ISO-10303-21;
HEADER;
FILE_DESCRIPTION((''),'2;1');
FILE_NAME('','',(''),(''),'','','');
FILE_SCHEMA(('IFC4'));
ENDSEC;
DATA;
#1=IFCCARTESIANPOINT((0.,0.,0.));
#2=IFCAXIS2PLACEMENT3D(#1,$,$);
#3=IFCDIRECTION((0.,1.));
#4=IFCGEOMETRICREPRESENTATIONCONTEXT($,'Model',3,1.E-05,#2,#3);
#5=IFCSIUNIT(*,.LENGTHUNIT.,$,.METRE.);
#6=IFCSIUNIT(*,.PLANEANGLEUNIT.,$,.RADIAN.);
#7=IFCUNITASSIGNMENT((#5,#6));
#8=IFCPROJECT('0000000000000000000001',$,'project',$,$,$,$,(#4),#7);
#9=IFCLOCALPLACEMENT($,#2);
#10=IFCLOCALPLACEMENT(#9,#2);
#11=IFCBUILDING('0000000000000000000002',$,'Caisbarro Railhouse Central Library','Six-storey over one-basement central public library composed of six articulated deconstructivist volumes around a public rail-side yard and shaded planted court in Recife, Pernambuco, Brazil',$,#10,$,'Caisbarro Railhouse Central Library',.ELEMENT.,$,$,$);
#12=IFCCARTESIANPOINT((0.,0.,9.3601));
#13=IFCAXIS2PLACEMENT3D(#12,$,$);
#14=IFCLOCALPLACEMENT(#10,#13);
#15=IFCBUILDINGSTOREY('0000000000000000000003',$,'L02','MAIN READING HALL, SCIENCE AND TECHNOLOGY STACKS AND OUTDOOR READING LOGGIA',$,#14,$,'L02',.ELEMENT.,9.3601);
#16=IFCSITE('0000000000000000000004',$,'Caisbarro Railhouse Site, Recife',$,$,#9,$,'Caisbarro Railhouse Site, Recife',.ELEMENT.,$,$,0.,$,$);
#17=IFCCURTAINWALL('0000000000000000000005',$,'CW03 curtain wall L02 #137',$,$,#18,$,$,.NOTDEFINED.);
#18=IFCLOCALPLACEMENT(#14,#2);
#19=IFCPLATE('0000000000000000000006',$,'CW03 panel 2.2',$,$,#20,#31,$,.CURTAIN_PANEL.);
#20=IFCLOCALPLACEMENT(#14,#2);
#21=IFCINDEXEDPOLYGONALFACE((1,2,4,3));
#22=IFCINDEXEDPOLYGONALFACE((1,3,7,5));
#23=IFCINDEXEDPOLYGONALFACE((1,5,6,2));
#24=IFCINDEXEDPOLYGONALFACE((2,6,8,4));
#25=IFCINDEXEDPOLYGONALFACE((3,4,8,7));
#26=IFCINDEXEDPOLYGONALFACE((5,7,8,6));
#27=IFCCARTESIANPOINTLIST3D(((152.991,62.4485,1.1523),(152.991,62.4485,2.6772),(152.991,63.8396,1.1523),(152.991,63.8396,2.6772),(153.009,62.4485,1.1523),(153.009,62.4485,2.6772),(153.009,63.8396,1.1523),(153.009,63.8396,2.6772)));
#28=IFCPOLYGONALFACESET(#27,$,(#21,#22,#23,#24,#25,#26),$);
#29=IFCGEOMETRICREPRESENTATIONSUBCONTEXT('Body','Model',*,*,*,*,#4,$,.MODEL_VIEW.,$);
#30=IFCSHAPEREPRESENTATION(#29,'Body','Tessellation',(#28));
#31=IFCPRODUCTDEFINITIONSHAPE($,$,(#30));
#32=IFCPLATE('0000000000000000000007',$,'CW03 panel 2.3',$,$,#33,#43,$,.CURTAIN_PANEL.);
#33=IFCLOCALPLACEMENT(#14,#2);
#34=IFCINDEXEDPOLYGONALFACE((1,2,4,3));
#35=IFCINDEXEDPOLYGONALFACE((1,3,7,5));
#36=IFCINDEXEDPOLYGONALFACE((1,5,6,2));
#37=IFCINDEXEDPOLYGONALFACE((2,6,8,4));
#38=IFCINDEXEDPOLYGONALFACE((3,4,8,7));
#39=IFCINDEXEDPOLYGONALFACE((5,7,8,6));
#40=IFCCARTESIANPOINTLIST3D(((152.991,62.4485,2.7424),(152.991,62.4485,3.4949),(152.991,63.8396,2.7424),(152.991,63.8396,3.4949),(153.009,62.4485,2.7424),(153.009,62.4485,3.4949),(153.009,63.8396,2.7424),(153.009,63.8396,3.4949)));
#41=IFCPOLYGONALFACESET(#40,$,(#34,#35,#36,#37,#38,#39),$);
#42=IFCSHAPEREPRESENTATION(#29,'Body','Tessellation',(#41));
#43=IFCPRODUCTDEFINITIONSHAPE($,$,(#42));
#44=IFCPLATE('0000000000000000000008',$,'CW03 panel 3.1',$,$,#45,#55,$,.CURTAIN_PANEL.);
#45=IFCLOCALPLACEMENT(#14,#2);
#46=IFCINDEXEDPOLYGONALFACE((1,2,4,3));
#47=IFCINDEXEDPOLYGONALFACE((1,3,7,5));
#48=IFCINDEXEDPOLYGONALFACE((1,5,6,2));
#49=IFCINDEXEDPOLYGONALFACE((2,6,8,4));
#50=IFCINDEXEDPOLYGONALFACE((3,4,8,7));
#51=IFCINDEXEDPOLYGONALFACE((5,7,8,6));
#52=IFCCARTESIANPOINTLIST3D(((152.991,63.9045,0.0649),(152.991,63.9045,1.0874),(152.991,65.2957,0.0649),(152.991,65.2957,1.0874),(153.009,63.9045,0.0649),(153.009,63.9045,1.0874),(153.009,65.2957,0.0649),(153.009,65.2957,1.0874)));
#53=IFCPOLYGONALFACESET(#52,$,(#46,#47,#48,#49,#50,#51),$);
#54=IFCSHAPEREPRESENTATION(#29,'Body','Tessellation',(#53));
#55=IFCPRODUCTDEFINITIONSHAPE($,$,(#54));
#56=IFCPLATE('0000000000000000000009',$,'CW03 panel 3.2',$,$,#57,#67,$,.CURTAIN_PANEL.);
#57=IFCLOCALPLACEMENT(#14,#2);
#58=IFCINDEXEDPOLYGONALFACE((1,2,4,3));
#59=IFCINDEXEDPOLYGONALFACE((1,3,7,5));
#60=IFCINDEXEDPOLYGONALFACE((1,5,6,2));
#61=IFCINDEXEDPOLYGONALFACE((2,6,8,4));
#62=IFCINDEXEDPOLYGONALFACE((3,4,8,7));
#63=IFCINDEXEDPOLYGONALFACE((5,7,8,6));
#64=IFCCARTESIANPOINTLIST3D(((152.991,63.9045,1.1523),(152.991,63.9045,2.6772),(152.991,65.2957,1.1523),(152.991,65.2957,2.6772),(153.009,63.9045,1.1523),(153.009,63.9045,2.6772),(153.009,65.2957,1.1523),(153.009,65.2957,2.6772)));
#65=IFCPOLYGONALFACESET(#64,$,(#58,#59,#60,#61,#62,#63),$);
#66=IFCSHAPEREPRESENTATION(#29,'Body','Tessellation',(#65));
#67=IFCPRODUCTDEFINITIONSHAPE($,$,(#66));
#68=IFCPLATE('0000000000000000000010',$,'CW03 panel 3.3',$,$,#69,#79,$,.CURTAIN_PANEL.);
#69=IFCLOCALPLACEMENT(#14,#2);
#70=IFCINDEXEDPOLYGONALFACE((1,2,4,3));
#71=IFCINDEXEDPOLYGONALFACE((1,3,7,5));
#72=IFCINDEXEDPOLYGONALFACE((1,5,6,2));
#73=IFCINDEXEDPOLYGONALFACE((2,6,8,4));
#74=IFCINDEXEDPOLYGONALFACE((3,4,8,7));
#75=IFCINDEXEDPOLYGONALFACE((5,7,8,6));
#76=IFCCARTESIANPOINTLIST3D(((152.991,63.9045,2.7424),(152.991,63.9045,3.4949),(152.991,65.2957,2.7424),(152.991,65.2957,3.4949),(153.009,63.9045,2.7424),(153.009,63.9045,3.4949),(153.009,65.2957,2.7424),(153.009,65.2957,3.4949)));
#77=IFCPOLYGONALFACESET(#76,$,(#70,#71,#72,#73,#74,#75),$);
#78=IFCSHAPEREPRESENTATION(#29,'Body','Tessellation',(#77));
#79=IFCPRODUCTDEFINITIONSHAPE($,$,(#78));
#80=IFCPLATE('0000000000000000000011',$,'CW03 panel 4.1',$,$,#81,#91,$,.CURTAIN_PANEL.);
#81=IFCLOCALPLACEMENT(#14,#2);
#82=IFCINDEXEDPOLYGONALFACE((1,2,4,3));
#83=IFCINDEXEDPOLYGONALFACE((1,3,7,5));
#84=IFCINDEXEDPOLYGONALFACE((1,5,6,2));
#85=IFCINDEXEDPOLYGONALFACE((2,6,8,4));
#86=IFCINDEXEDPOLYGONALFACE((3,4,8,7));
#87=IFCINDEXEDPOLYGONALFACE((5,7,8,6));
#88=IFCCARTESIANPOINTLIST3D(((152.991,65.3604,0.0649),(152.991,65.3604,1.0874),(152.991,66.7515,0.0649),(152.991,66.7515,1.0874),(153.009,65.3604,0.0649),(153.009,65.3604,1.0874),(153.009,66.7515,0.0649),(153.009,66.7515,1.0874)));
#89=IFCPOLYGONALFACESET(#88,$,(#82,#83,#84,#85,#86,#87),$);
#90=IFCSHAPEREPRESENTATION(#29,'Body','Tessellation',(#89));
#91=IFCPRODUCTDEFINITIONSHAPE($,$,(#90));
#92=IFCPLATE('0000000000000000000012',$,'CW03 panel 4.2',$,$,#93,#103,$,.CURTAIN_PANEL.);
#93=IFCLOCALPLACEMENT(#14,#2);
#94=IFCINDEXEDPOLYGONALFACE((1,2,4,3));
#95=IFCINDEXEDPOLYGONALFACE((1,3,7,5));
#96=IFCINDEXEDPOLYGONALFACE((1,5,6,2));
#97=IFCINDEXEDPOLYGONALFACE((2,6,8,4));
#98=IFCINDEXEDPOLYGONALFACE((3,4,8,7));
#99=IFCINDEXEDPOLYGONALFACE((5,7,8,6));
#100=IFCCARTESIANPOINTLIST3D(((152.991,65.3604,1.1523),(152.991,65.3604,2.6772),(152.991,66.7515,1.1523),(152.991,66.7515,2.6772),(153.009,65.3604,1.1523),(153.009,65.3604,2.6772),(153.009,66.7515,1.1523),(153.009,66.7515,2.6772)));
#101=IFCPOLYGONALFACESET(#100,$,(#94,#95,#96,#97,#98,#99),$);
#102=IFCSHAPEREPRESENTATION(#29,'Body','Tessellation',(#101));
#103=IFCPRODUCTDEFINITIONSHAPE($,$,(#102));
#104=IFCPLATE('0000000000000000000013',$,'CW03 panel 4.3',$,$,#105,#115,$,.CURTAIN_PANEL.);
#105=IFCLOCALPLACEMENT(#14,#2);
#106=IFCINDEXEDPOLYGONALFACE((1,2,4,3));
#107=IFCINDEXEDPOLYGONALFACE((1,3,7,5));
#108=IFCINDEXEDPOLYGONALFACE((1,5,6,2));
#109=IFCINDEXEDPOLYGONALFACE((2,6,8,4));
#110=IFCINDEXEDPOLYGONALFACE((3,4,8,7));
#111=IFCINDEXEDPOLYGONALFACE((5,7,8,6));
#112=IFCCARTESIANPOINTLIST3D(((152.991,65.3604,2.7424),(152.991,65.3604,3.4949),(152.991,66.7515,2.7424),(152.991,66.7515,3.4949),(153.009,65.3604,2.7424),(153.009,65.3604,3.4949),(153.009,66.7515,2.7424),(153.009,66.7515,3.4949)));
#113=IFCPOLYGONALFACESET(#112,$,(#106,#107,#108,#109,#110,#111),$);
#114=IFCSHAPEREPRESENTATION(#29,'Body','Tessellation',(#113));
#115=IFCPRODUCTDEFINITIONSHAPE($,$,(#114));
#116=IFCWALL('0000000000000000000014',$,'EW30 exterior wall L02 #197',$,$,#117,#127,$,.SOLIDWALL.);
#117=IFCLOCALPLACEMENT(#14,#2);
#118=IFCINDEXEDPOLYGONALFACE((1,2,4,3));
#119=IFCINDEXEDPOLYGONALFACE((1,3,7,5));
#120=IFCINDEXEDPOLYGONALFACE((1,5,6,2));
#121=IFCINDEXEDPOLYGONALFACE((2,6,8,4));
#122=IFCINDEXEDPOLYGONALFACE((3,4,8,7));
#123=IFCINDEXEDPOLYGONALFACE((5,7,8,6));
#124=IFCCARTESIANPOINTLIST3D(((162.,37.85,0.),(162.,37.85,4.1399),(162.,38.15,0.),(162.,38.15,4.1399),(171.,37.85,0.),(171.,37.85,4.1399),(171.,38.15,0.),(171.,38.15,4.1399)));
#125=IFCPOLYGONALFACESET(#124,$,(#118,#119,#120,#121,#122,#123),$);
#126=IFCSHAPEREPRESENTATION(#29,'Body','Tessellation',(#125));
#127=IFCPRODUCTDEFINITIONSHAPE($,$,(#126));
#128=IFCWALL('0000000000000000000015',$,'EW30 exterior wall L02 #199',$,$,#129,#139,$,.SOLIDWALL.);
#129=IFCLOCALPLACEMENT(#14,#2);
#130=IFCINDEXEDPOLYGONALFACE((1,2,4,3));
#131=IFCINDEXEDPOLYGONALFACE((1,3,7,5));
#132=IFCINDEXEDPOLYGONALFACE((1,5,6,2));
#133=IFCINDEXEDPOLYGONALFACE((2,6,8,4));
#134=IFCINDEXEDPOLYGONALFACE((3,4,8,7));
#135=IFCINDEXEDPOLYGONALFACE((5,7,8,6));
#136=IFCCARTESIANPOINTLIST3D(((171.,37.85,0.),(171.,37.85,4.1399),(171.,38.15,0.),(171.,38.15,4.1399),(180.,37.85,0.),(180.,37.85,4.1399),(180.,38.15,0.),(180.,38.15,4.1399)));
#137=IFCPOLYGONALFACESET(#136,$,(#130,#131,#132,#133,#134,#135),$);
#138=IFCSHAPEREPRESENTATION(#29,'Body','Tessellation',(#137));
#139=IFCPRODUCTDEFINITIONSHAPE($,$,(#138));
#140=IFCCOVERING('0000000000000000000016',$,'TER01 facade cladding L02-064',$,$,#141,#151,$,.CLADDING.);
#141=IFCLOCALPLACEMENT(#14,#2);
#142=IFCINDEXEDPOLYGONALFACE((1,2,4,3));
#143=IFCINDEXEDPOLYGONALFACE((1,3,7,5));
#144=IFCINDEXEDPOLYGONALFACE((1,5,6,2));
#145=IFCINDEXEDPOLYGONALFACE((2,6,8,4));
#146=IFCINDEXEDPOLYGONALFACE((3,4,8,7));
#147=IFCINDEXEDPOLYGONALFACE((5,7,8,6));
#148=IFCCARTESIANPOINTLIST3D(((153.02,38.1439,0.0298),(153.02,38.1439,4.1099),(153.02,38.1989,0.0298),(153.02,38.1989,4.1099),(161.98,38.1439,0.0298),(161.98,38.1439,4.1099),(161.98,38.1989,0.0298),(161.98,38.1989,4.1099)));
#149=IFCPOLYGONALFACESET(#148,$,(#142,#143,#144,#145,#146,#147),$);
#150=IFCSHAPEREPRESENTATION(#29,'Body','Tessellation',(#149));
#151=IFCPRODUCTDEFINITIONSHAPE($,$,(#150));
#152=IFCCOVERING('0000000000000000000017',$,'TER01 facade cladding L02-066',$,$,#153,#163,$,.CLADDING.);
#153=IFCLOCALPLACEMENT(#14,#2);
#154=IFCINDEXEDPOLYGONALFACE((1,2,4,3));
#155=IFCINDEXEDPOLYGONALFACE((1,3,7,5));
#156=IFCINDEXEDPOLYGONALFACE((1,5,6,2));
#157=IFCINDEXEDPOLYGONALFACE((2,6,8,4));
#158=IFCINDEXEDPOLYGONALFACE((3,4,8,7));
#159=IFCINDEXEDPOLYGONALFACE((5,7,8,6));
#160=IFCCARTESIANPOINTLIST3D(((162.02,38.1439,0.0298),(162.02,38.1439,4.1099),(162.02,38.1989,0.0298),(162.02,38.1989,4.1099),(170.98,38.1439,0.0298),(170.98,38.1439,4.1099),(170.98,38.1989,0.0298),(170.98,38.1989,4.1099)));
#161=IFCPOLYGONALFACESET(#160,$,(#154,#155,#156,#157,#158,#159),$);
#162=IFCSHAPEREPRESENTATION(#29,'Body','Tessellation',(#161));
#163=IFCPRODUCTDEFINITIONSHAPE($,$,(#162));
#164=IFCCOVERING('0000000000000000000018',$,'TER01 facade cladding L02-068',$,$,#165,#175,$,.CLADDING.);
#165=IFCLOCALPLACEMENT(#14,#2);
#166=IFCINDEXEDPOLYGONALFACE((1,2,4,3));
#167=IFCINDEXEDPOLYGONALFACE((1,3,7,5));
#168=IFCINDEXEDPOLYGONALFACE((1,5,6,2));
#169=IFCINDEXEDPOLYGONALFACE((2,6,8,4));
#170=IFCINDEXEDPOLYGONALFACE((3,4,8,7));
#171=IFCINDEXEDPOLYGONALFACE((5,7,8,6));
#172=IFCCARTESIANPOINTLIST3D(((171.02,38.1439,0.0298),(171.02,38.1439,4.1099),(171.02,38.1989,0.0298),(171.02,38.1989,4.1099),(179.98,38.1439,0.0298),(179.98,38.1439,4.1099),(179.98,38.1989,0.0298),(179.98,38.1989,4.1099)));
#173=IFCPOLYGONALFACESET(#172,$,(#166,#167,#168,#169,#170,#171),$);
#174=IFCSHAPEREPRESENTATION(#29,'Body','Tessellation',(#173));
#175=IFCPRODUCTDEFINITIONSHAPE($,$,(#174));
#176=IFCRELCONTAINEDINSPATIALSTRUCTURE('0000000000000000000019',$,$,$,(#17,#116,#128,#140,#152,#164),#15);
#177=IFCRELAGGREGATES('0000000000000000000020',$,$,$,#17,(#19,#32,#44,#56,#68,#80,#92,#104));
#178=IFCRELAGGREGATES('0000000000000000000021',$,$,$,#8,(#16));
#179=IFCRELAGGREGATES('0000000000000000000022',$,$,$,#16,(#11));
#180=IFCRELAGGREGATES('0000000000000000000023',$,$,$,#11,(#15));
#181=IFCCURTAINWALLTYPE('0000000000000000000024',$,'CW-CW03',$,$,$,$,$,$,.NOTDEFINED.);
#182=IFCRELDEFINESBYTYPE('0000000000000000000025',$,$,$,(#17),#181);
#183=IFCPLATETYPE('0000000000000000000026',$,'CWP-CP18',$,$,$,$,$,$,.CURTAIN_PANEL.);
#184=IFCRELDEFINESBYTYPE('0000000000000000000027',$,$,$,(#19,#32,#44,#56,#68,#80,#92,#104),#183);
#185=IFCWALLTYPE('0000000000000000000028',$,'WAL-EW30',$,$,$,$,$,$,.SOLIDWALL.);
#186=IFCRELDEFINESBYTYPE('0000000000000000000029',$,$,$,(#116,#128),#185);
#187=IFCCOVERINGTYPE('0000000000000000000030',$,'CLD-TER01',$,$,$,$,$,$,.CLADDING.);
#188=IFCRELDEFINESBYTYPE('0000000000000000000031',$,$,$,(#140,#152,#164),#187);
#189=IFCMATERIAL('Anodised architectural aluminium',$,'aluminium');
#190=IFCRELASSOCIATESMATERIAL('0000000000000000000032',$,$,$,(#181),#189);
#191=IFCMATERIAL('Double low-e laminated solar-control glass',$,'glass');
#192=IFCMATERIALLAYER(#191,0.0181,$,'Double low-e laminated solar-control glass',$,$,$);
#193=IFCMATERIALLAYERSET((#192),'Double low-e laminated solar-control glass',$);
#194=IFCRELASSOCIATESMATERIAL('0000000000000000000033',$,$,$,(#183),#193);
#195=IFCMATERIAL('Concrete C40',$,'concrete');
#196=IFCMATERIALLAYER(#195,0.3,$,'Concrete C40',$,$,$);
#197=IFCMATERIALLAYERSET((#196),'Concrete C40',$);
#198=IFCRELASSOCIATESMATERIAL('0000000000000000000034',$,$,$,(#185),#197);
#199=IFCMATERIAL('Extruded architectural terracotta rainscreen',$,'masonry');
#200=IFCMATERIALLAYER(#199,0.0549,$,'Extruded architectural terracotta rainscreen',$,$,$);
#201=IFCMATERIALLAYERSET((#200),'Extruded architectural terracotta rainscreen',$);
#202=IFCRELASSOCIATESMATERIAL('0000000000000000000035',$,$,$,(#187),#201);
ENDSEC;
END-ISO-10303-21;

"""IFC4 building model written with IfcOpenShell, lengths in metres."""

from ifc_helpers import new_model, si_unit, direction, frame, frame_2d, origin, origin_2d, place, context, subcontext, project, spatial, rectangle, extrude, material, layer, layer_set, type_object, element, aggregate, save


model = new_model("IFC4")

# Units and contexts
model_context = context("Model", 3, precision=1e-05, world=origin(), true_north=direction((0.0, 1.0)))
body_context = subcontext(model_context, "Body", "Model", "MODEL_VIEW")
ifc_project = project(units=[si_unit("LENGTHUNIT", "METRE"), si_unit("PLANEANGLEUNIT", "RADIAN")], contexts=[model_context])

# Site, building, storey
site_placement = place(None, origin())
site = spatial("IfcSite", under=ifc_project, at=site_placement, Name="Caisbarro Railhouse Site, Recife", LongName="Caisbarro Railhouse Site, Recife", CompositionType="ELEMENT", RefElevation=0.0)
building_placement = place(site_placement, origin())
building = spatial("IfcBuilding", under=site, at=building_placement, Name="Caisbarro Railhouse Central Library", Description="Six-storey over one-basement central public library composed of six articulated deconstructivist volumes around a public rail-side yard and shaded planted court in Recife, Pernambuco, Brazil", LongName="Caisbarro Railhouse Central Library", CompositionType="ELEMENT")
storey_placement = place(building_placement, frame((0.0, 0.0, 9.3601)))
storey = spatial("IfcBuildingStorey", under=building, at=storey_placement, Name="L02", Description="MAIN READING HALL, SCIENCE AND TECHNOLOGY STACKS AND OUTDOOR READING LOGGIA", LongName="L02", CompositionType="ELEMENT", Elevation=9.3601)

# Curtain wall, plates
ifc_material_1 = material(Name="Anodised architectural aluminium", Category="aluminium")
curtain_wall_type = type_object("IfcCurtainWallType", Name="CW-CW03", PredefinedType="NOTDEFINED", material=ifc_material_1)
curtain_wall_placement = place(storey_placement, origin())
curtain_wall = element("IfcCurtainWall", 1, at=curtain_wall_placement, inside=storey, type_object=curtain_wall_type, Name="CW03 curtain wall L02 #137", PredefinedType="NOTDEFINED")
ifc_material_2 = material(Name="Double low-e laminated solar-control glass", Category="glass")
ifc_layer_1 = layer(ifc_material_2, 0.0181, Name="Double low-e laminated solar-control glass")
ifc_layer_set_1 = layer_set([ifc_layer_1], Name="Double low-e laminated solar-control glass")
plate_type = type_object("IfcPlateType", Name="CWP-CP18", PredefinedType="CURTAIN_PANEL", material=ifc_layer_set_1)
plate_1_placement = place(storey_placement, frame((153.0, 63.144, 1.1523), z_axis=(0.0, 0.0, 1.0), x_axis=(0.0, 1.0, 0.0)))
plate_1 = element("IfcPlate", 2, at=plate_1_placement, type_object=plate_type, Name="CW03 panel 2.2", PredefinedType="CURTAIN_PANEL", context=body_context, shape_type="SweptSolid", body=[
    extrude(rectangle(XDim=1.3911, YDim=0.0181, at=origin_2d()), origin(), (0.0, 0.0, 1.0), 1.5249),
])
plate_2_placement = place(storey_placement, frame((153.0, 63.144, 2.7424), z_axis=(0.0, 0.0, 1.0), x_axis=(0.0, 1.0, 0.0)))
plate_2 = element("IfcPlate", 3, at=plate_2_placement, type_object=plate_type, Name="CW03 panel 2.3", PredefinedType="CURTAIN_PANEL", context=body_context, shape_type="SweptSolid", body=[
    extrude(rectangle(XDim=1.3911, YDim=0.0181, at=origin_2d()), origin(), (0.0, 0.0, 1.0), 0.7524),
])
plate_3_placement = place(storey_placement, frame((153.0, 64.6001, 0.0649), z_axis=(0.0, 0.0, 1.0), x_axis=(0.0, 1.0, 0.0)))
plate_3 = element("IfcPlate", 4, at=plate_3_placement, type_object=plate_type, Name="CW03 panel 3.1", PredefinedType="CURTAIN_PANEL", context=body_context, shape_type="SweptSolid", body=[
    extrude(rectangle(XDim=1.3911, YDim=0.0181, at=origin_2d()), origin(), (0.0, 0.0, 1.0), 1.0225),
])
plate_4_placement = place(storey_placement, frame((153.0, 64.6001, 1.1523), z_axis=(0.0, 0.0, 1.0), x_axis=(0.0, 1.0, 0.0)))
plate_4 = element("IfcPlate", 5, at=plate_4_placement, type_object=plate_type, Name="CW03 panel 3.2", PredefinedType="CURTAIN_PANEL", context=body_context, shape_type="SweptSolid", body=[
    extrude(rectangle(XDim=1.3911, YDim=0.0181, at=origin_2d()), origin(), (0.0, 0.0, 1.0), 1.5249),
])
plate_5_placement = place(storey_placement, frame((153.0, 64.6001, 2.7424), z_axis=(0.0, 0.0, 1.0), x_axis=(0.0, 1.0, 0.0)))
plate_5 = element("IfcPlate", 6, at=plate_5_placement, type_object=plate_type, Name="CW03 panel 3.3", PredefinedType="CURTAIN_PANEL", context=body_context, shape_type="SweptSolid", body=[
    extrude(rectangle(XDim=1.3911, YDim=0.0181, at=origin_2d()), origin(), (0.0, 0.0, 1.0), 0.7524),
])
plate_6_placement = place(storey_placement, frame((153.0, 66.0559, 0.0649), z_axis=(0.0, 0.0, 1.0), x_axis=(0.0, 1.0, 0.0)))
plate_6 = element("IfcPlate", 7, at=plate_6_placement, type_object=plate_type, Name="CW03 panel 4.1", PredefinedType="CURTAIN_PANEL", context=body_context, shape_type="SweptSolid", body=[
    extrude(rectangle(XDim=1.3911, YDim=0.0181, at=origin_2d()), origin(), (0.0, 0.0, 1.0), 1.0225),
])
plate_7_placement = place(storey_placement, frame((153.0, 66.0559, 1.1523), z_axis=(0.0, 0.0, 1.0), x_axis=(0.0, 1.0, 0.0)))
plate_7 = element("IfcPlate", 8, at=plate_7_placement, type_object=plate_type, Name="CW03 panel 4.2", PredefinedType="CURTAIN_PANEL", context=body_context, shape_type="SweptSolid", body=[
    extrude(rectangle(XDim=1.3911, YDim=0.0181, at=origin_2d()), origin(), (0.0, 0.0, 1.0), 1.5249),
])
plate_8_placement = place(storey_placement, frame((153.0, 66.0559, 2.7424), z_axis=(0.0, 0.0, 1.0), x_axis=(0.0, 1.0, 0.0)))
plate_8 = element("IfcPlate", 9, at=plate_8_placement, type_object=plate_type, Name="CW03 panel 4.3", PredefinedType="CURTAIN_PANEL", context=body_context, shape_type="SweptSolid", body=[
    extrude(rectangle(XDim=1.3911, YDim=0.0181, at=origin_2d()), origin(), (0.0, 0.0, 1.0), 0.7524),
])
aggregate(curtain_wall, [plate_1, plate_2, plate_3, plate_4, plate_5, plate_6, plate_7, plate_8])

# Walls
ifc_material_3 = material(Name="Concrete C40", Category="concrete")
ifc_layer_2 = layer(ifc_material_3, 0.3, Name="Concrete C40")
ifc_layer_set_2 = layer_set([ifc_layer_2], Name="Concrete C40")
wall_type = type_object("IfcWallType", Name="WAL-EW30", PredefinedType="SOLIDWALL", material=ifc_layer_set_2)
for number, where, z_axis, x_axis, name in (
    (10, (162.0, 38.0, 0.0), (0.0, 0.0, 1.0), (1.0, 0.0, 0.0), "EW30 exterior wall L02 #197"),
    (11, (171.0, 38.0, 0.0), (0.0, 0.0, 1.0), (1.0, 0.0, 0.0), "EW30 exterior wall L02 #199"),
):
    element("IfcWall", number, at=place(storey_placement, frame(where, z_axis=z_axis, x_axis=x_axis)), inside=storey, type_object=wall_type, Name=name, PredefinedType="SOLIDWALL", context=body_context, shape_type="SweptSolid", body=[
        extrude(rectangle(XDim=9.0, YDim=0.3, at=frame_2d((4.5, 0.0))), origin(), (0.0, 0.0, 1.0), 4.1399),
    ])

# Coverings
ifc_material_4 = material(Name="Extruded architectural terracotta rainscreen", Category="masonry")
ifc_layer_3 = layer(ifc_material_4, 0.0549, Name="Extruded architectural terracotta rainscreen")
ifc_layer_set_3 = layer_set([ifc_layer_3], Name="Extruded architectural terracotta rainscreen")
covering_type = type_object("IfcCoveringType", Name="CLD-TER01", PredefinedType="CLADDING", material=ifc_layer_set_3)
for number, where, z_axis, x_axis, name in (
    (12, (157.5, 38.1714, 0.0298), (0.0, 0.0, 1.0), (1.0, 0.0, 0.0), "TER01 facade cladding L02-064"),
    (13, (166.5, 38.1714, 0.0298), (0.0, 0.0, 1.0), (1.0, 0.0, 0.0), "TER01 facade cladding L02-066"),
    (14, (175.5, 38.1714, 0.0298), (0.0, 0.0, 1.0), (1.0, 0.0, 0.0), "TER01 facade cladding L02-068"),
):
    element("IfcCovering", number, at=place(storey_placement, frame(where, z_axis=z_axis, x_axis=x_axis)), inside=storey, type_object=covering_type, Name=name, PredefinedType="CLADDING", context=body_context, shape_type="SweptSolid", body=[
        extrude(rectangle(XDim=8.96, YDim=0.0549, at=origin_2d()), origin(), (0.0, 0.0, 1.0), 4.0801),
    ])

save(model, "model.ifc")
